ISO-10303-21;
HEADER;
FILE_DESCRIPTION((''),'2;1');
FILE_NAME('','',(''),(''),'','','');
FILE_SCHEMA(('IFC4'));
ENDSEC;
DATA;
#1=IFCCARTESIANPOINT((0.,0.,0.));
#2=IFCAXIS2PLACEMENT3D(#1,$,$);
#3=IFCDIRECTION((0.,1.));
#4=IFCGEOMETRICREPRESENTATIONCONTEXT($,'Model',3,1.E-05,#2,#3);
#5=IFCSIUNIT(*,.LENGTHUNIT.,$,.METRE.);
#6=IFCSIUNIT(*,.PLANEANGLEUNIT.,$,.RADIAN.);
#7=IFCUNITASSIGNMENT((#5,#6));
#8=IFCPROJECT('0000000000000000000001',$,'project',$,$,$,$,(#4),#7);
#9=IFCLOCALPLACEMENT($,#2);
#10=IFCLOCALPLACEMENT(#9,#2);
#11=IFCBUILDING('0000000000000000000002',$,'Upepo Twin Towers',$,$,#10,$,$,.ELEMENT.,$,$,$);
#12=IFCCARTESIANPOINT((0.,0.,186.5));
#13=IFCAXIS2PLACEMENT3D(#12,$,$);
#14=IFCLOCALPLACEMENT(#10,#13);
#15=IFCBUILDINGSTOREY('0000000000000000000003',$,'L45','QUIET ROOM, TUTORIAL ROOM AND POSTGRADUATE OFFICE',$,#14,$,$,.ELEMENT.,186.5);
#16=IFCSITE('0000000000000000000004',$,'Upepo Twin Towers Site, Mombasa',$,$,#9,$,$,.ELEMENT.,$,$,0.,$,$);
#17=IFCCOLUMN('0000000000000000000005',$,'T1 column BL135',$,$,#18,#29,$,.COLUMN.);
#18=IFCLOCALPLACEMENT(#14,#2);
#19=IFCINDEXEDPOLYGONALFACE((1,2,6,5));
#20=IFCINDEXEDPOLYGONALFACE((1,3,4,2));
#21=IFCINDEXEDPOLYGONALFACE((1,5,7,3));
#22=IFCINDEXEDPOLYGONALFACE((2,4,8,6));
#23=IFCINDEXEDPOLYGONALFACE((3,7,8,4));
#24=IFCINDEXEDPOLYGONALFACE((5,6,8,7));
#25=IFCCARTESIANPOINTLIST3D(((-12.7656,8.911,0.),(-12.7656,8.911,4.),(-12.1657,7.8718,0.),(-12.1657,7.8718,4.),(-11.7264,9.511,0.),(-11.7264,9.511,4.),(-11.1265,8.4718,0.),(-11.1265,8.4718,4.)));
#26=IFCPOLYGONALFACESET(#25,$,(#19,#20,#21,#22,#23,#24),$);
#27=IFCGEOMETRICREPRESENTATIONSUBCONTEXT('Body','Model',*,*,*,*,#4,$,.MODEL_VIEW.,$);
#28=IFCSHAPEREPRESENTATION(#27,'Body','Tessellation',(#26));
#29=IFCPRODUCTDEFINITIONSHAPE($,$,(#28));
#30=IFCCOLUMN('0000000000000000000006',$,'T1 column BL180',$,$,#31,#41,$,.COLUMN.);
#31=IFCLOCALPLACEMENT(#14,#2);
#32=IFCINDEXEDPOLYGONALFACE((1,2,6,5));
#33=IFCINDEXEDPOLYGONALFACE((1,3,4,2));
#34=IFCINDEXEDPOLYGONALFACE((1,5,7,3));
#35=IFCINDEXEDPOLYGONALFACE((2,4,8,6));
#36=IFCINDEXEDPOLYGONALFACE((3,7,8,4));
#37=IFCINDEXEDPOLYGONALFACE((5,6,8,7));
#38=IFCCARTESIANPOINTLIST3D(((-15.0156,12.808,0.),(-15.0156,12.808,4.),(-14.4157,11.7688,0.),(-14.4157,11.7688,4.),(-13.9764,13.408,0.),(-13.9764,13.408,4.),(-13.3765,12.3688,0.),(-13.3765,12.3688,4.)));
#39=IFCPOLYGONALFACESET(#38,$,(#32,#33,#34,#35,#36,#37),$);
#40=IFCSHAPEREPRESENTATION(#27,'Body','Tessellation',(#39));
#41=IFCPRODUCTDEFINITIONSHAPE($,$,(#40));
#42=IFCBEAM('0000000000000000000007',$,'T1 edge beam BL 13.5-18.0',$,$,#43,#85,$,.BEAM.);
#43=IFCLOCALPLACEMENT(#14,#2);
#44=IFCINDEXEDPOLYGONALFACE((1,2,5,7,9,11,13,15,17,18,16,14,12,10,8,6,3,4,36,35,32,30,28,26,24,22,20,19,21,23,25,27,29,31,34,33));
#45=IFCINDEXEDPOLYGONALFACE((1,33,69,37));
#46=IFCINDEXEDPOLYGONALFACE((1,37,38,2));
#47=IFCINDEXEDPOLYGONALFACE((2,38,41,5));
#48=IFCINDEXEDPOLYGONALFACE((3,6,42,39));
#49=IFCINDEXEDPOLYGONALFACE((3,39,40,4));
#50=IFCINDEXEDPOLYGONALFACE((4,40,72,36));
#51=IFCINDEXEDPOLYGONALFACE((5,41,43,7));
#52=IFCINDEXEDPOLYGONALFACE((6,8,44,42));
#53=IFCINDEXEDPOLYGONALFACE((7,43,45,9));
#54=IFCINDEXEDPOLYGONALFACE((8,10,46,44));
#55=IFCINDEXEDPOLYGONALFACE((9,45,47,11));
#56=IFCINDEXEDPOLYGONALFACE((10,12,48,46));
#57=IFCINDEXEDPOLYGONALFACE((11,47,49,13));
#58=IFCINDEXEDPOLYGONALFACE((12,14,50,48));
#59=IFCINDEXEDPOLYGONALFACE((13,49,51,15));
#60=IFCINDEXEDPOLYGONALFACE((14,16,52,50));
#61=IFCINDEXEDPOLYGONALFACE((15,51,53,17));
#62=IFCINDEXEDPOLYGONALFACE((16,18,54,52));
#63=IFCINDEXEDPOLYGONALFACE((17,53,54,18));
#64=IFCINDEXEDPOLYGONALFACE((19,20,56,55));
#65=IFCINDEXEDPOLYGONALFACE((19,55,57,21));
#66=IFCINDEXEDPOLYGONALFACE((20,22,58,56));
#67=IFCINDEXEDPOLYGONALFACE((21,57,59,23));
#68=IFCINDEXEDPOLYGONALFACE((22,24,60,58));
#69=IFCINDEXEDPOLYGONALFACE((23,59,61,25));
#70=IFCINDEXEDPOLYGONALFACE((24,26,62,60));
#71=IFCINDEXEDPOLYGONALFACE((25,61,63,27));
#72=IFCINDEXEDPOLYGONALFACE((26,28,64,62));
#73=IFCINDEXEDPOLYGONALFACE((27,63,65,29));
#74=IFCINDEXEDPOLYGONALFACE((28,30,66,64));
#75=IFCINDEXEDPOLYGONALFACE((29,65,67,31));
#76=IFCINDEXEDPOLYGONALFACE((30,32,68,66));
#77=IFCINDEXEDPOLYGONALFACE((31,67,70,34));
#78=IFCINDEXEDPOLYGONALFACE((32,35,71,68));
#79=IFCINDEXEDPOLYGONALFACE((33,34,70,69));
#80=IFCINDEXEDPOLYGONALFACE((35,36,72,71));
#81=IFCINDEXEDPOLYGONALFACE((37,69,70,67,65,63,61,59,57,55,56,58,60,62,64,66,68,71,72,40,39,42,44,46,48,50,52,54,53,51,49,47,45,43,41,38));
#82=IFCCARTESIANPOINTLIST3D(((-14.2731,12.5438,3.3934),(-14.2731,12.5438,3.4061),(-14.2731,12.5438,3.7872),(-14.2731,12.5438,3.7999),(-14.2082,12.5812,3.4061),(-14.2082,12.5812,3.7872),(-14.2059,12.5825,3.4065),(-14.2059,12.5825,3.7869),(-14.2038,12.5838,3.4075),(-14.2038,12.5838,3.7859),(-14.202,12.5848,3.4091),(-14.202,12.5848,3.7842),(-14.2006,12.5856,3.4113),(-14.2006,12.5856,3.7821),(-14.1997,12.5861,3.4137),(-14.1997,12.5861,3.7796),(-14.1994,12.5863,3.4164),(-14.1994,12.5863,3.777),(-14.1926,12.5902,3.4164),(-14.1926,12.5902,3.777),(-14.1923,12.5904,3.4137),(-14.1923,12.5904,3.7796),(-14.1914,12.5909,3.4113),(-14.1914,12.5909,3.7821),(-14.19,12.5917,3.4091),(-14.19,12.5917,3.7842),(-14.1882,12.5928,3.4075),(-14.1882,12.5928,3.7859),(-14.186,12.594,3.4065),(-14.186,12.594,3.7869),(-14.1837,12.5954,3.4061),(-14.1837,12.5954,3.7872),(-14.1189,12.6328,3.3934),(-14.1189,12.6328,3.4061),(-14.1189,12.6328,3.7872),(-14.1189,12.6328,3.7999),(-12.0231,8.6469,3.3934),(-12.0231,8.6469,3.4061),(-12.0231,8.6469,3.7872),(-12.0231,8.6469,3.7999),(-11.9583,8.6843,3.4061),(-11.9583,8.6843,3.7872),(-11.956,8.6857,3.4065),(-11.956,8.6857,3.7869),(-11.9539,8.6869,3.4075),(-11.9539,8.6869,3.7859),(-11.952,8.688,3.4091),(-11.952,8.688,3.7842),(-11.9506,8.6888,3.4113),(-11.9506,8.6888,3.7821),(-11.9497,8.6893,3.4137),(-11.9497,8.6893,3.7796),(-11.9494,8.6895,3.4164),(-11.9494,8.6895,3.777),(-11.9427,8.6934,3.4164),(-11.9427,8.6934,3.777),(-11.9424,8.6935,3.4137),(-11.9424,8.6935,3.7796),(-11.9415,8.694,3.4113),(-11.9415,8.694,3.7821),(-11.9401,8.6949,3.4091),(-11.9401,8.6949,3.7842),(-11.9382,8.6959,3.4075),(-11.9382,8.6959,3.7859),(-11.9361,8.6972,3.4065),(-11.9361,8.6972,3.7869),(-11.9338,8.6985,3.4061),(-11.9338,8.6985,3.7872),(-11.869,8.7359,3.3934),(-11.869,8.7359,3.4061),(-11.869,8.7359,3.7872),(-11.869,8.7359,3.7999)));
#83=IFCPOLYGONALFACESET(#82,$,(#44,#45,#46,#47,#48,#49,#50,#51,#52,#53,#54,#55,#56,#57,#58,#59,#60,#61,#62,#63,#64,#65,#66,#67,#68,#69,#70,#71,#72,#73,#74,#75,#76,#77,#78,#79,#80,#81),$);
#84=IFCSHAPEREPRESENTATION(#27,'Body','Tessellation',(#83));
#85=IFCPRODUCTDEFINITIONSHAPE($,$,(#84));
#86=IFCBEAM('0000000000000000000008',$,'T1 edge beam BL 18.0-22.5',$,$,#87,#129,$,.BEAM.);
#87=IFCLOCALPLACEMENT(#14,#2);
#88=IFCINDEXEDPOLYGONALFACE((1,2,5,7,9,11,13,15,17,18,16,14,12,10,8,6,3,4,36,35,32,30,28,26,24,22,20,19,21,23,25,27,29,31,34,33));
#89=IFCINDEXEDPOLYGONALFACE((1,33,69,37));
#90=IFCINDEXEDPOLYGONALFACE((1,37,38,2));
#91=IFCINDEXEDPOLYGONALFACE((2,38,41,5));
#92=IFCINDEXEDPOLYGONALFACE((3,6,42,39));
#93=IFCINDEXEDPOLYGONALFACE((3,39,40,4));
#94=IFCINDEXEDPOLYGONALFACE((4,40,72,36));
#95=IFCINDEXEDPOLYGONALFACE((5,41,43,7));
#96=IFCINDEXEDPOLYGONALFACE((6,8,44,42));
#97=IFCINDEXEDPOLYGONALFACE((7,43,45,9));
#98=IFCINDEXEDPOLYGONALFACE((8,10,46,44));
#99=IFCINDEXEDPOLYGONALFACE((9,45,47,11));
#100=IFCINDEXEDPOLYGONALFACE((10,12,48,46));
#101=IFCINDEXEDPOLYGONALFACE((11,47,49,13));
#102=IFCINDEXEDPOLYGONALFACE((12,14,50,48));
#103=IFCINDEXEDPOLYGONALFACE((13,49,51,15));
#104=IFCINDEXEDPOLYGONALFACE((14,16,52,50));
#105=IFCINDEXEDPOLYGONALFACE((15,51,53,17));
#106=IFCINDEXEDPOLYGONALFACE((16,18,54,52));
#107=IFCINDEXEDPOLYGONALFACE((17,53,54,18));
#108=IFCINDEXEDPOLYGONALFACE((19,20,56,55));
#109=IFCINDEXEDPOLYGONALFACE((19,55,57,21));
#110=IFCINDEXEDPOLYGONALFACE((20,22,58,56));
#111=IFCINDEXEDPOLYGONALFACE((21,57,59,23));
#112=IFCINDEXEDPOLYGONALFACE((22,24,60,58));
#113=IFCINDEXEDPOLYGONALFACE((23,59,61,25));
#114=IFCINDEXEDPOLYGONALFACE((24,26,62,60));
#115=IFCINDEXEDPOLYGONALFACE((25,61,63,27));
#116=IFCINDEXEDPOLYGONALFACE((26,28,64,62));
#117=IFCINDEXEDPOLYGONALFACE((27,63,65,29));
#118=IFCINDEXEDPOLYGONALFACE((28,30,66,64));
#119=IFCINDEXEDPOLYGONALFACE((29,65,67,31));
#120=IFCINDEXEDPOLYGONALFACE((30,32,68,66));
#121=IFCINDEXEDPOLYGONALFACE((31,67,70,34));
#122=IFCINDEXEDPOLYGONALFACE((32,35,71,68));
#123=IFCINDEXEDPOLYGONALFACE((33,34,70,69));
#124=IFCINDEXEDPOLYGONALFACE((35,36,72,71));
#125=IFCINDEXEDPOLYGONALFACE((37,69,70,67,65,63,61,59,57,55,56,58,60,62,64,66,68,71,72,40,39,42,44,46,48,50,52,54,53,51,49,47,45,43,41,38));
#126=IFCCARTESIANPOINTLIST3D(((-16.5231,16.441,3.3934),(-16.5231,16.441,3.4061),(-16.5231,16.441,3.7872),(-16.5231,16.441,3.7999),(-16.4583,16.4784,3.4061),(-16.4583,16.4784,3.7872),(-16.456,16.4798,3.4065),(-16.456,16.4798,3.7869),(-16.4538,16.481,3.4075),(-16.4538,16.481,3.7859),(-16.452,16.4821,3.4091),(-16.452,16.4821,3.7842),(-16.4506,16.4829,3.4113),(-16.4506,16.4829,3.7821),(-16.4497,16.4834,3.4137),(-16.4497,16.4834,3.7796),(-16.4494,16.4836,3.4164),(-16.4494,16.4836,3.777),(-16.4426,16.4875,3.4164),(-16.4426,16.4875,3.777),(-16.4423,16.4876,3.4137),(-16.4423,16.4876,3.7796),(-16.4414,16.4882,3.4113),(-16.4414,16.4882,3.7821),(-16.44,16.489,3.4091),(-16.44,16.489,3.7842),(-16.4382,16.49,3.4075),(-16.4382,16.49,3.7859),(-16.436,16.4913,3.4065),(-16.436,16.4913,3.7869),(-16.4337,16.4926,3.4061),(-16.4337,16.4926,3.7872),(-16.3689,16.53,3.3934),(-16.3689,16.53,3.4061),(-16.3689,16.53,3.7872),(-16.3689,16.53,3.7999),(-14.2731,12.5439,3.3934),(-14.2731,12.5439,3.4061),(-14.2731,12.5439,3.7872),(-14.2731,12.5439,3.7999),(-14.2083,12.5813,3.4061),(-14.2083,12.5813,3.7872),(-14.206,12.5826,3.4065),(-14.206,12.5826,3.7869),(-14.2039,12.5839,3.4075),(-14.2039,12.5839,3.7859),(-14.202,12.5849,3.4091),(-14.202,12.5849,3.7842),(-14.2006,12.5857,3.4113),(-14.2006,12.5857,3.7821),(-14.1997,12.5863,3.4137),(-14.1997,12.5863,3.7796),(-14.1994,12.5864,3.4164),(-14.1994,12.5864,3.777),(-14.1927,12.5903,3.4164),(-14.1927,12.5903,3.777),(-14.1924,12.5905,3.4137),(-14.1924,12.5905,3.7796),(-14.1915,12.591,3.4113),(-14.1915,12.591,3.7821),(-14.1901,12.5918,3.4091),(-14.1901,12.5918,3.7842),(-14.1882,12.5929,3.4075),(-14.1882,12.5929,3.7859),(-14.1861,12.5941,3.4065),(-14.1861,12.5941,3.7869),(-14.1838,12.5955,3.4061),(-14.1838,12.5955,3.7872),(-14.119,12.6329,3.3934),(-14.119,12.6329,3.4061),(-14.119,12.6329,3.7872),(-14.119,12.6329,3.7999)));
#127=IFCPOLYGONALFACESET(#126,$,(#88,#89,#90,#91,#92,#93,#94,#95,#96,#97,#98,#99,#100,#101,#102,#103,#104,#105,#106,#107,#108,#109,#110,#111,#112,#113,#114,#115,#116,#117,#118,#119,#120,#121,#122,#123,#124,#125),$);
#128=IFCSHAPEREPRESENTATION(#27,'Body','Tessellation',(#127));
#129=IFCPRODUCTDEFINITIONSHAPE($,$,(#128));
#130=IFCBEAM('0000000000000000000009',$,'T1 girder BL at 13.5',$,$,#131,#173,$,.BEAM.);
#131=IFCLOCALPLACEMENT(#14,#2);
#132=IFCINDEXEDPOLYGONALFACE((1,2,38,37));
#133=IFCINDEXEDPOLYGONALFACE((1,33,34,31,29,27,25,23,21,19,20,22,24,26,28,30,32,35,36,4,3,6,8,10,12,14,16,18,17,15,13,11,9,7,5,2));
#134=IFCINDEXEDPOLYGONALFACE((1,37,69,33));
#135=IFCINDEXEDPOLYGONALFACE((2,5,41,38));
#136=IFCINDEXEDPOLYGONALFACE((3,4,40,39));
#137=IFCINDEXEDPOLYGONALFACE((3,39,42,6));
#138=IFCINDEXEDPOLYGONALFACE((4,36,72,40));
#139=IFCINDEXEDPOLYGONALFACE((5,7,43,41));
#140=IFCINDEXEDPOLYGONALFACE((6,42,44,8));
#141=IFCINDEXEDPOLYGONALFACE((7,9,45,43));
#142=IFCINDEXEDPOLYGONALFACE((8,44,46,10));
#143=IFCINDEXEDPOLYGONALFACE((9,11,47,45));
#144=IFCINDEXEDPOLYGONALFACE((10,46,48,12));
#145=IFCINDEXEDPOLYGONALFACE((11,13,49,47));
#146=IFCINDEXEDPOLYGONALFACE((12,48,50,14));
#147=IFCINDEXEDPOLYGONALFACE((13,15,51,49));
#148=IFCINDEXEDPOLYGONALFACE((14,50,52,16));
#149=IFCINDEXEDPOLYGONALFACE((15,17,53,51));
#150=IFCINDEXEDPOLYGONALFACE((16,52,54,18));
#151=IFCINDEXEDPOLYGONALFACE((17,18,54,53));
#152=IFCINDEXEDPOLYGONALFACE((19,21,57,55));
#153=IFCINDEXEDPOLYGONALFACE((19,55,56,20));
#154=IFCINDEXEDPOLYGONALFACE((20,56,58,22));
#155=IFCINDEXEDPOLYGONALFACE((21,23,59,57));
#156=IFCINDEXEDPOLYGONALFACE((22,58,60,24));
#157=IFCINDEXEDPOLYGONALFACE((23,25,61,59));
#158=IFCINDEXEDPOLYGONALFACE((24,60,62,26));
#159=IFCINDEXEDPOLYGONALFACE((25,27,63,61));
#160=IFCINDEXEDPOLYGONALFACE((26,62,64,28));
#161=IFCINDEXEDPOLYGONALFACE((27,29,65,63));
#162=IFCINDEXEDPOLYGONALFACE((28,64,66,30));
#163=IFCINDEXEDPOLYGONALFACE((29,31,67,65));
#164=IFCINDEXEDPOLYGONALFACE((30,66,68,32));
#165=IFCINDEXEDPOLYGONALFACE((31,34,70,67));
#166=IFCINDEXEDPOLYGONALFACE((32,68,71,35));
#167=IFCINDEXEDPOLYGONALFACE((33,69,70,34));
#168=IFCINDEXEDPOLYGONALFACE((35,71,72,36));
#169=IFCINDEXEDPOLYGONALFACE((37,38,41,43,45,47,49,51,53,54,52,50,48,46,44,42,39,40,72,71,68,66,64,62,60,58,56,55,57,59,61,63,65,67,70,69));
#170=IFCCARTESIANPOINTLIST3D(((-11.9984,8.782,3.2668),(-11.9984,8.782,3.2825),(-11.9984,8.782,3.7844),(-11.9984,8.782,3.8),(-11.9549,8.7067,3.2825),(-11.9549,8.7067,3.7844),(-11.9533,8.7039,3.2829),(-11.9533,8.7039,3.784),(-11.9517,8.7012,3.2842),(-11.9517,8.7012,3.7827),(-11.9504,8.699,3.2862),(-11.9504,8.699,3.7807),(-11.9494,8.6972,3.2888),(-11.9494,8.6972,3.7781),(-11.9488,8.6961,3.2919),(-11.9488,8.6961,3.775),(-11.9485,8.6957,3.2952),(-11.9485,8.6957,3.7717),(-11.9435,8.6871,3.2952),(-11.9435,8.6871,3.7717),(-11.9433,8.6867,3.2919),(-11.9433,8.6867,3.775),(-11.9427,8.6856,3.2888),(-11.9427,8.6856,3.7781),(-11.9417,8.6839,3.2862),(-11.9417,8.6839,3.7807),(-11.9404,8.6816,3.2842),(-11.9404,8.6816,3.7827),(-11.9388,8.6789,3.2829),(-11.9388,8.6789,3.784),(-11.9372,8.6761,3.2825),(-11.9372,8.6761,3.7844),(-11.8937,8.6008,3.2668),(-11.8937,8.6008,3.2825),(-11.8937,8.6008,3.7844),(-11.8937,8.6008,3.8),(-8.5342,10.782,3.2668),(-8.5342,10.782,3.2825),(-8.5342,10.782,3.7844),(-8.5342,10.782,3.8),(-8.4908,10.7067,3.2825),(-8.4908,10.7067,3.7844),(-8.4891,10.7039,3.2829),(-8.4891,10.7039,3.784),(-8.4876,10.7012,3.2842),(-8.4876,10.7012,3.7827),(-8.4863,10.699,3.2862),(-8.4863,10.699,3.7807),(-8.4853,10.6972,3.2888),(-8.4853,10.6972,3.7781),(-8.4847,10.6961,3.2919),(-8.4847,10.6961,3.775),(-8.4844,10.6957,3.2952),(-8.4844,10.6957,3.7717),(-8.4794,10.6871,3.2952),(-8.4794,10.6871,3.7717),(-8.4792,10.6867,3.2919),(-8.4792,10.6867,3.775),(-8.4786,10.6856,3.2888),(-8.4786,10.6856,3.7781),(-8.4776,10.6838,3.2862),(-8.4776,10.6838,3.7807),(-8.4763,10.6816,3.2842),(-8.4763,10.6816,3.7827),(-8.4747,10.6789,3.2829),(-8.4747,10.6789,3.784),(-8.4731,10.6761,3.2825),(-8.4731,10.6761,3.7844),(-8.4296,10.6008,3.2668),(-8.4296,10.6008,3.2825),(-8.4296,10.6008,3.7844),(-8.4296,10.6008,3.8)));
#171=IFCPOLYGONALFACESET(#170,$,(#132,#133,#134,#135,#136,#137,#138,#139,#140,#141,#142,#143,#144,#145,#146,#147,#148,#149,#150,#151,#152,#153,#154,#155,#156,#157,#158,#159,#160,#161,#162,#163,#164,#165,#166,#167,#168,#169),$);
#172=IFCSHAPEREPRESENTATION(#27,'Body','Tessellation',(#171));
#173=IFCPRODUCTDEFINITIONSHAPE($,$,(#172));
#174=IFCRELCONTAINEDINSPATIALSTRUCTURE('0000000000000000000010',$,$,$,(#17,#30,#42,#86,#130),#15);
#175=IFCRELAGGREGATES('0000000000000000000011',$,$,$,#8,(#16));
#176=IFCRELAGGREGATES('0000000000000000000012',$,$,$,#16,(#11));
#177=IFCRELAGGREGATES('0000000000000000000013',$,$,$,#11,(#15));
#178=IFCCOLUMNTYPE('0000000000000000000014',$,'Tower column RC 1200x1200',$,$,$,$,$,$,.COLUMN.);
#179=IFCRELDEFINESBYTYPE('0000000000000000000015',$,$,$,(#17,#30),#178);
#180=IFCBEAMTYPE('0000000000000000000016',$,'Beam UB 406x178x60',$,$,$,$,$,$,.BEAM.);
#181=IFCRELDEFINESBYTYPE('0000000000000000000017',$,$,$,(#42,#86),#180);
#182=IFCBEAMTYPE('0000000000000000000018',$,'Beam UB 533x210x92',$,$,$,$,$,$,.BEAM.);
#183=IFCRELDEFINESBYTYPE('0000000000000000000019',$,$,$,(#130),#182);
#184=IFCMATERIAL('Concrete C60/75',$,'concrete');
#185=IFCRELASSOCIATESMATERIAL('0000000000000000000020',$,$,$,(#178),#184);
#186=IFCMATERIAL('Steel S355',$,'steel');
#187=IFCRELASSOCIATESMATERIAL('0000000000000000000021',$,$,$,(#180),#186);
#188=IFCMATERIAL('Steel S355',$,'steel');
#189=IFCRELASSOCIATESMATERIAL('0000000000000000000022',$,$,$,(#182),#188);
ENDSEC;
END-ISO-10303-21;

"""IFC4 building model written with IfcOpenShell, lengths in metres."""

from ifc_helpers import new_model, si_unit, direction, frame, origin, origin_2d, place, context, subcontext, project, spatial, rectangle, i_section, extrude, material, material_profile, profile_set, type_object, element, save


model = new_model("IFC4")

# Units and contexts
model_context = context("Model", 3, precision=1e-05, world=origin(), true_north=direction((0.0, 1.0)))
body_context = subcontext(model_context, "Body", "Model", "MODEL_VIEW")
ifc_project = project(units=[si_unit("LENGTHUNIT", "METRE"), si_unit("PLANEANGLEUNIT", "RADIAN")], contexts=[model_context])

# Site, building, storey
site_placement = place(None, origin())
site = spatial("IfcSite", under=ifc_project, at=site_placement, Name="Upepo Twin Towers Site, Mombasa", CompositionType="ELEMENT", RefElevation=0.0)
building_placement = place(site_placement, origin())
building = spatial("IfcBuilding", under=site, at=building_placement, Name="Upepo Twin Towers", CompositionType="ELEMENT")
storey_placement = place(building_placement, frame((0.0, 0.0, 186.5)))
storey = spatial("IfcBuildingStorey", under=building, at=storey_placement, Name="L45", Description="QUIET ROOM, TUTORIAL ROOM AND POSTGRADUATE OFFICE", CompositionType="ELEMENT", Elevation=186.5)

# Columns
ifc_material_1 = material(Name="Concrete C60/75", Category="concrete")
ifc_material_profile_1 = material_profile(ifc_material_1, rectangle(XDim=1.2, YDim=1.2, at=origin_2d()), Name="RC 1200x1200")
ifc_profile_set_1 = profile_set([ifc_material_profile_1], Name="Concrete C60/75")
column_type = type_object("IfcColumnType", Name="Tower column RC 1200x1200", PredefinedType="COLUMN", material=ifc_profile_set_1)
for number, where, z_axis, x_axis, name in (
    (1, (-11.946, 8.6914, 0.0), (0.0, 0.0, 1.0), (0.866025, 0.5, 0.0), "T1 column BL135"),
    (2, (-14.196, 12.5884, 0.0), (0.0, 0.0, 1.0), (0.866025, 0.5, 0.0), "T1 column BL180"),
):
    element("IfcColumn", number, at=place(storey_placement, frame(where, z_axis=z_axis, x_axis=x_axis)), inside=storey, type_object=column_type, Name=name, PredefinedType="COLUMN", context=body_context, shape_type="SweptSolid", body=[
        extrude(rectangle(XDim=1.2, YDim=1.2, at=origin_2d()), origin(), (0.0, 0.0, 1.0), 4.0),
    ])

# Beams
ifc_material_2 = material(Name="Steel S355", Category="steel")
ifc_material_profile_2 = material_profile(ifc_material_2, i_section(OverallWidth=0.178, OverallDepth=0.4065, WebThickness=0.0078, FlangeThickness=0.0127, FilletRadius=0.0103, at=origin_2d()), Name="UB 406x178x60")
ifc_profile_set_2 = profile_set([ifc_material_profile_2], Name="Steel S355")
beam_type_1 = type_object("IfcBeamType", Name="Beam UB 406x178x60", PredefinedType="BEAM", material=ifc_profile_set_2)
beam_1_placement = place(storey_placement, frame((-11.946, 8.6914, 3.5967), z_axis=(-0.500014, 0.866018, 0.0), x_axis=(-0.866018, -0.500014, 0.0)))
element("IfcBeam", 3, at=beam_1_placement, inside=storey, type_object=beam_type_1, Name="T1 edge beam BL 13.5-18.0", PredefinedType="BEAM", context=body_context, shape_type="SweptSolid", body=[
    extrude(i_section(OverallWidth=0.178, OverallDepth=0.4065, WebThickness=0.0078, FlangeThickness=0.0127, FilletRadius=0.0103, at=origin_2d()), origin(), (0.0, 0.0, 1.0), 4.4998),
])
beam_2_placement = place(storey_placement, frame((-14.196, 12.5884, 3.5967), z_axis=(-0.49999, 0.866031, 0.0), x_axis=(-0.866031, -0.49999, 0.0)))
element("IfcBeam", 4, at=beam_2_placement, inside=storey, type_object=beam_type_1, Name="T1 edge beam BL 18.0-22.5", PredefinedType="BEAM", context=body_context, shape_type="SweptSolid", body=[
    extrude(i_section(OverallWidth=0.178, OverallDepth=0.4065, WebThickness=0.0078, FlangeThickness=0.0127, FilletRadius=0.0103, at=origin_2d()), origin(), (0.0, 0.0, 1.0), 4.5),
])
ifc_material_3 = material(Name="Steel S355", Category="steel")
ifc_material_profile_3 = material_profile(ifc_material_3, i_section(OverallWidth=0.2092, OverallDepth=0.5332, WebThickness=0.01, FlangeThickness=0.0156, FilletRadius=0.0127, at=origin_2d()), Name="UB 533x210x92")
ifc_profile_set_3 = profile_set([ifc_material_profile_3], Name="Steel S355")
beam_type_2 = type_object("IfcBeamType", Name="Beam UB 533x210x92", PredefinedType="BEAM", material=ifc_profile_set_3)
for number, where, z_axis, x_axis, name in (
    (5, (-11.946, 8.6914, 3.5334), (0.866026, 0.499999, 0.0), (-0.499999, 0.866026, 0.0), "T1 girder BL at 13.5"),
):
    element("IfcBeam", number, at=place(storey_placement, frame(where, z_axis=z_axis, x_axis=x_axis)), inside=storey, type_object=beam_type_2, Name=name, PredefinedType="BEAM", context=body_context, shape_type="SweptSolid", body=[
        extrude(i_section(OverallWidth=0.2092, OverallDepth=0.5332, WebThickness=0.01, FlangeThickness=0.0156, FilletRadius=0.0127, at=origin_2d()), origin(), (0.0, 0.0, 1.0), 4.0),
    ])

save(model, "model.ifc")
